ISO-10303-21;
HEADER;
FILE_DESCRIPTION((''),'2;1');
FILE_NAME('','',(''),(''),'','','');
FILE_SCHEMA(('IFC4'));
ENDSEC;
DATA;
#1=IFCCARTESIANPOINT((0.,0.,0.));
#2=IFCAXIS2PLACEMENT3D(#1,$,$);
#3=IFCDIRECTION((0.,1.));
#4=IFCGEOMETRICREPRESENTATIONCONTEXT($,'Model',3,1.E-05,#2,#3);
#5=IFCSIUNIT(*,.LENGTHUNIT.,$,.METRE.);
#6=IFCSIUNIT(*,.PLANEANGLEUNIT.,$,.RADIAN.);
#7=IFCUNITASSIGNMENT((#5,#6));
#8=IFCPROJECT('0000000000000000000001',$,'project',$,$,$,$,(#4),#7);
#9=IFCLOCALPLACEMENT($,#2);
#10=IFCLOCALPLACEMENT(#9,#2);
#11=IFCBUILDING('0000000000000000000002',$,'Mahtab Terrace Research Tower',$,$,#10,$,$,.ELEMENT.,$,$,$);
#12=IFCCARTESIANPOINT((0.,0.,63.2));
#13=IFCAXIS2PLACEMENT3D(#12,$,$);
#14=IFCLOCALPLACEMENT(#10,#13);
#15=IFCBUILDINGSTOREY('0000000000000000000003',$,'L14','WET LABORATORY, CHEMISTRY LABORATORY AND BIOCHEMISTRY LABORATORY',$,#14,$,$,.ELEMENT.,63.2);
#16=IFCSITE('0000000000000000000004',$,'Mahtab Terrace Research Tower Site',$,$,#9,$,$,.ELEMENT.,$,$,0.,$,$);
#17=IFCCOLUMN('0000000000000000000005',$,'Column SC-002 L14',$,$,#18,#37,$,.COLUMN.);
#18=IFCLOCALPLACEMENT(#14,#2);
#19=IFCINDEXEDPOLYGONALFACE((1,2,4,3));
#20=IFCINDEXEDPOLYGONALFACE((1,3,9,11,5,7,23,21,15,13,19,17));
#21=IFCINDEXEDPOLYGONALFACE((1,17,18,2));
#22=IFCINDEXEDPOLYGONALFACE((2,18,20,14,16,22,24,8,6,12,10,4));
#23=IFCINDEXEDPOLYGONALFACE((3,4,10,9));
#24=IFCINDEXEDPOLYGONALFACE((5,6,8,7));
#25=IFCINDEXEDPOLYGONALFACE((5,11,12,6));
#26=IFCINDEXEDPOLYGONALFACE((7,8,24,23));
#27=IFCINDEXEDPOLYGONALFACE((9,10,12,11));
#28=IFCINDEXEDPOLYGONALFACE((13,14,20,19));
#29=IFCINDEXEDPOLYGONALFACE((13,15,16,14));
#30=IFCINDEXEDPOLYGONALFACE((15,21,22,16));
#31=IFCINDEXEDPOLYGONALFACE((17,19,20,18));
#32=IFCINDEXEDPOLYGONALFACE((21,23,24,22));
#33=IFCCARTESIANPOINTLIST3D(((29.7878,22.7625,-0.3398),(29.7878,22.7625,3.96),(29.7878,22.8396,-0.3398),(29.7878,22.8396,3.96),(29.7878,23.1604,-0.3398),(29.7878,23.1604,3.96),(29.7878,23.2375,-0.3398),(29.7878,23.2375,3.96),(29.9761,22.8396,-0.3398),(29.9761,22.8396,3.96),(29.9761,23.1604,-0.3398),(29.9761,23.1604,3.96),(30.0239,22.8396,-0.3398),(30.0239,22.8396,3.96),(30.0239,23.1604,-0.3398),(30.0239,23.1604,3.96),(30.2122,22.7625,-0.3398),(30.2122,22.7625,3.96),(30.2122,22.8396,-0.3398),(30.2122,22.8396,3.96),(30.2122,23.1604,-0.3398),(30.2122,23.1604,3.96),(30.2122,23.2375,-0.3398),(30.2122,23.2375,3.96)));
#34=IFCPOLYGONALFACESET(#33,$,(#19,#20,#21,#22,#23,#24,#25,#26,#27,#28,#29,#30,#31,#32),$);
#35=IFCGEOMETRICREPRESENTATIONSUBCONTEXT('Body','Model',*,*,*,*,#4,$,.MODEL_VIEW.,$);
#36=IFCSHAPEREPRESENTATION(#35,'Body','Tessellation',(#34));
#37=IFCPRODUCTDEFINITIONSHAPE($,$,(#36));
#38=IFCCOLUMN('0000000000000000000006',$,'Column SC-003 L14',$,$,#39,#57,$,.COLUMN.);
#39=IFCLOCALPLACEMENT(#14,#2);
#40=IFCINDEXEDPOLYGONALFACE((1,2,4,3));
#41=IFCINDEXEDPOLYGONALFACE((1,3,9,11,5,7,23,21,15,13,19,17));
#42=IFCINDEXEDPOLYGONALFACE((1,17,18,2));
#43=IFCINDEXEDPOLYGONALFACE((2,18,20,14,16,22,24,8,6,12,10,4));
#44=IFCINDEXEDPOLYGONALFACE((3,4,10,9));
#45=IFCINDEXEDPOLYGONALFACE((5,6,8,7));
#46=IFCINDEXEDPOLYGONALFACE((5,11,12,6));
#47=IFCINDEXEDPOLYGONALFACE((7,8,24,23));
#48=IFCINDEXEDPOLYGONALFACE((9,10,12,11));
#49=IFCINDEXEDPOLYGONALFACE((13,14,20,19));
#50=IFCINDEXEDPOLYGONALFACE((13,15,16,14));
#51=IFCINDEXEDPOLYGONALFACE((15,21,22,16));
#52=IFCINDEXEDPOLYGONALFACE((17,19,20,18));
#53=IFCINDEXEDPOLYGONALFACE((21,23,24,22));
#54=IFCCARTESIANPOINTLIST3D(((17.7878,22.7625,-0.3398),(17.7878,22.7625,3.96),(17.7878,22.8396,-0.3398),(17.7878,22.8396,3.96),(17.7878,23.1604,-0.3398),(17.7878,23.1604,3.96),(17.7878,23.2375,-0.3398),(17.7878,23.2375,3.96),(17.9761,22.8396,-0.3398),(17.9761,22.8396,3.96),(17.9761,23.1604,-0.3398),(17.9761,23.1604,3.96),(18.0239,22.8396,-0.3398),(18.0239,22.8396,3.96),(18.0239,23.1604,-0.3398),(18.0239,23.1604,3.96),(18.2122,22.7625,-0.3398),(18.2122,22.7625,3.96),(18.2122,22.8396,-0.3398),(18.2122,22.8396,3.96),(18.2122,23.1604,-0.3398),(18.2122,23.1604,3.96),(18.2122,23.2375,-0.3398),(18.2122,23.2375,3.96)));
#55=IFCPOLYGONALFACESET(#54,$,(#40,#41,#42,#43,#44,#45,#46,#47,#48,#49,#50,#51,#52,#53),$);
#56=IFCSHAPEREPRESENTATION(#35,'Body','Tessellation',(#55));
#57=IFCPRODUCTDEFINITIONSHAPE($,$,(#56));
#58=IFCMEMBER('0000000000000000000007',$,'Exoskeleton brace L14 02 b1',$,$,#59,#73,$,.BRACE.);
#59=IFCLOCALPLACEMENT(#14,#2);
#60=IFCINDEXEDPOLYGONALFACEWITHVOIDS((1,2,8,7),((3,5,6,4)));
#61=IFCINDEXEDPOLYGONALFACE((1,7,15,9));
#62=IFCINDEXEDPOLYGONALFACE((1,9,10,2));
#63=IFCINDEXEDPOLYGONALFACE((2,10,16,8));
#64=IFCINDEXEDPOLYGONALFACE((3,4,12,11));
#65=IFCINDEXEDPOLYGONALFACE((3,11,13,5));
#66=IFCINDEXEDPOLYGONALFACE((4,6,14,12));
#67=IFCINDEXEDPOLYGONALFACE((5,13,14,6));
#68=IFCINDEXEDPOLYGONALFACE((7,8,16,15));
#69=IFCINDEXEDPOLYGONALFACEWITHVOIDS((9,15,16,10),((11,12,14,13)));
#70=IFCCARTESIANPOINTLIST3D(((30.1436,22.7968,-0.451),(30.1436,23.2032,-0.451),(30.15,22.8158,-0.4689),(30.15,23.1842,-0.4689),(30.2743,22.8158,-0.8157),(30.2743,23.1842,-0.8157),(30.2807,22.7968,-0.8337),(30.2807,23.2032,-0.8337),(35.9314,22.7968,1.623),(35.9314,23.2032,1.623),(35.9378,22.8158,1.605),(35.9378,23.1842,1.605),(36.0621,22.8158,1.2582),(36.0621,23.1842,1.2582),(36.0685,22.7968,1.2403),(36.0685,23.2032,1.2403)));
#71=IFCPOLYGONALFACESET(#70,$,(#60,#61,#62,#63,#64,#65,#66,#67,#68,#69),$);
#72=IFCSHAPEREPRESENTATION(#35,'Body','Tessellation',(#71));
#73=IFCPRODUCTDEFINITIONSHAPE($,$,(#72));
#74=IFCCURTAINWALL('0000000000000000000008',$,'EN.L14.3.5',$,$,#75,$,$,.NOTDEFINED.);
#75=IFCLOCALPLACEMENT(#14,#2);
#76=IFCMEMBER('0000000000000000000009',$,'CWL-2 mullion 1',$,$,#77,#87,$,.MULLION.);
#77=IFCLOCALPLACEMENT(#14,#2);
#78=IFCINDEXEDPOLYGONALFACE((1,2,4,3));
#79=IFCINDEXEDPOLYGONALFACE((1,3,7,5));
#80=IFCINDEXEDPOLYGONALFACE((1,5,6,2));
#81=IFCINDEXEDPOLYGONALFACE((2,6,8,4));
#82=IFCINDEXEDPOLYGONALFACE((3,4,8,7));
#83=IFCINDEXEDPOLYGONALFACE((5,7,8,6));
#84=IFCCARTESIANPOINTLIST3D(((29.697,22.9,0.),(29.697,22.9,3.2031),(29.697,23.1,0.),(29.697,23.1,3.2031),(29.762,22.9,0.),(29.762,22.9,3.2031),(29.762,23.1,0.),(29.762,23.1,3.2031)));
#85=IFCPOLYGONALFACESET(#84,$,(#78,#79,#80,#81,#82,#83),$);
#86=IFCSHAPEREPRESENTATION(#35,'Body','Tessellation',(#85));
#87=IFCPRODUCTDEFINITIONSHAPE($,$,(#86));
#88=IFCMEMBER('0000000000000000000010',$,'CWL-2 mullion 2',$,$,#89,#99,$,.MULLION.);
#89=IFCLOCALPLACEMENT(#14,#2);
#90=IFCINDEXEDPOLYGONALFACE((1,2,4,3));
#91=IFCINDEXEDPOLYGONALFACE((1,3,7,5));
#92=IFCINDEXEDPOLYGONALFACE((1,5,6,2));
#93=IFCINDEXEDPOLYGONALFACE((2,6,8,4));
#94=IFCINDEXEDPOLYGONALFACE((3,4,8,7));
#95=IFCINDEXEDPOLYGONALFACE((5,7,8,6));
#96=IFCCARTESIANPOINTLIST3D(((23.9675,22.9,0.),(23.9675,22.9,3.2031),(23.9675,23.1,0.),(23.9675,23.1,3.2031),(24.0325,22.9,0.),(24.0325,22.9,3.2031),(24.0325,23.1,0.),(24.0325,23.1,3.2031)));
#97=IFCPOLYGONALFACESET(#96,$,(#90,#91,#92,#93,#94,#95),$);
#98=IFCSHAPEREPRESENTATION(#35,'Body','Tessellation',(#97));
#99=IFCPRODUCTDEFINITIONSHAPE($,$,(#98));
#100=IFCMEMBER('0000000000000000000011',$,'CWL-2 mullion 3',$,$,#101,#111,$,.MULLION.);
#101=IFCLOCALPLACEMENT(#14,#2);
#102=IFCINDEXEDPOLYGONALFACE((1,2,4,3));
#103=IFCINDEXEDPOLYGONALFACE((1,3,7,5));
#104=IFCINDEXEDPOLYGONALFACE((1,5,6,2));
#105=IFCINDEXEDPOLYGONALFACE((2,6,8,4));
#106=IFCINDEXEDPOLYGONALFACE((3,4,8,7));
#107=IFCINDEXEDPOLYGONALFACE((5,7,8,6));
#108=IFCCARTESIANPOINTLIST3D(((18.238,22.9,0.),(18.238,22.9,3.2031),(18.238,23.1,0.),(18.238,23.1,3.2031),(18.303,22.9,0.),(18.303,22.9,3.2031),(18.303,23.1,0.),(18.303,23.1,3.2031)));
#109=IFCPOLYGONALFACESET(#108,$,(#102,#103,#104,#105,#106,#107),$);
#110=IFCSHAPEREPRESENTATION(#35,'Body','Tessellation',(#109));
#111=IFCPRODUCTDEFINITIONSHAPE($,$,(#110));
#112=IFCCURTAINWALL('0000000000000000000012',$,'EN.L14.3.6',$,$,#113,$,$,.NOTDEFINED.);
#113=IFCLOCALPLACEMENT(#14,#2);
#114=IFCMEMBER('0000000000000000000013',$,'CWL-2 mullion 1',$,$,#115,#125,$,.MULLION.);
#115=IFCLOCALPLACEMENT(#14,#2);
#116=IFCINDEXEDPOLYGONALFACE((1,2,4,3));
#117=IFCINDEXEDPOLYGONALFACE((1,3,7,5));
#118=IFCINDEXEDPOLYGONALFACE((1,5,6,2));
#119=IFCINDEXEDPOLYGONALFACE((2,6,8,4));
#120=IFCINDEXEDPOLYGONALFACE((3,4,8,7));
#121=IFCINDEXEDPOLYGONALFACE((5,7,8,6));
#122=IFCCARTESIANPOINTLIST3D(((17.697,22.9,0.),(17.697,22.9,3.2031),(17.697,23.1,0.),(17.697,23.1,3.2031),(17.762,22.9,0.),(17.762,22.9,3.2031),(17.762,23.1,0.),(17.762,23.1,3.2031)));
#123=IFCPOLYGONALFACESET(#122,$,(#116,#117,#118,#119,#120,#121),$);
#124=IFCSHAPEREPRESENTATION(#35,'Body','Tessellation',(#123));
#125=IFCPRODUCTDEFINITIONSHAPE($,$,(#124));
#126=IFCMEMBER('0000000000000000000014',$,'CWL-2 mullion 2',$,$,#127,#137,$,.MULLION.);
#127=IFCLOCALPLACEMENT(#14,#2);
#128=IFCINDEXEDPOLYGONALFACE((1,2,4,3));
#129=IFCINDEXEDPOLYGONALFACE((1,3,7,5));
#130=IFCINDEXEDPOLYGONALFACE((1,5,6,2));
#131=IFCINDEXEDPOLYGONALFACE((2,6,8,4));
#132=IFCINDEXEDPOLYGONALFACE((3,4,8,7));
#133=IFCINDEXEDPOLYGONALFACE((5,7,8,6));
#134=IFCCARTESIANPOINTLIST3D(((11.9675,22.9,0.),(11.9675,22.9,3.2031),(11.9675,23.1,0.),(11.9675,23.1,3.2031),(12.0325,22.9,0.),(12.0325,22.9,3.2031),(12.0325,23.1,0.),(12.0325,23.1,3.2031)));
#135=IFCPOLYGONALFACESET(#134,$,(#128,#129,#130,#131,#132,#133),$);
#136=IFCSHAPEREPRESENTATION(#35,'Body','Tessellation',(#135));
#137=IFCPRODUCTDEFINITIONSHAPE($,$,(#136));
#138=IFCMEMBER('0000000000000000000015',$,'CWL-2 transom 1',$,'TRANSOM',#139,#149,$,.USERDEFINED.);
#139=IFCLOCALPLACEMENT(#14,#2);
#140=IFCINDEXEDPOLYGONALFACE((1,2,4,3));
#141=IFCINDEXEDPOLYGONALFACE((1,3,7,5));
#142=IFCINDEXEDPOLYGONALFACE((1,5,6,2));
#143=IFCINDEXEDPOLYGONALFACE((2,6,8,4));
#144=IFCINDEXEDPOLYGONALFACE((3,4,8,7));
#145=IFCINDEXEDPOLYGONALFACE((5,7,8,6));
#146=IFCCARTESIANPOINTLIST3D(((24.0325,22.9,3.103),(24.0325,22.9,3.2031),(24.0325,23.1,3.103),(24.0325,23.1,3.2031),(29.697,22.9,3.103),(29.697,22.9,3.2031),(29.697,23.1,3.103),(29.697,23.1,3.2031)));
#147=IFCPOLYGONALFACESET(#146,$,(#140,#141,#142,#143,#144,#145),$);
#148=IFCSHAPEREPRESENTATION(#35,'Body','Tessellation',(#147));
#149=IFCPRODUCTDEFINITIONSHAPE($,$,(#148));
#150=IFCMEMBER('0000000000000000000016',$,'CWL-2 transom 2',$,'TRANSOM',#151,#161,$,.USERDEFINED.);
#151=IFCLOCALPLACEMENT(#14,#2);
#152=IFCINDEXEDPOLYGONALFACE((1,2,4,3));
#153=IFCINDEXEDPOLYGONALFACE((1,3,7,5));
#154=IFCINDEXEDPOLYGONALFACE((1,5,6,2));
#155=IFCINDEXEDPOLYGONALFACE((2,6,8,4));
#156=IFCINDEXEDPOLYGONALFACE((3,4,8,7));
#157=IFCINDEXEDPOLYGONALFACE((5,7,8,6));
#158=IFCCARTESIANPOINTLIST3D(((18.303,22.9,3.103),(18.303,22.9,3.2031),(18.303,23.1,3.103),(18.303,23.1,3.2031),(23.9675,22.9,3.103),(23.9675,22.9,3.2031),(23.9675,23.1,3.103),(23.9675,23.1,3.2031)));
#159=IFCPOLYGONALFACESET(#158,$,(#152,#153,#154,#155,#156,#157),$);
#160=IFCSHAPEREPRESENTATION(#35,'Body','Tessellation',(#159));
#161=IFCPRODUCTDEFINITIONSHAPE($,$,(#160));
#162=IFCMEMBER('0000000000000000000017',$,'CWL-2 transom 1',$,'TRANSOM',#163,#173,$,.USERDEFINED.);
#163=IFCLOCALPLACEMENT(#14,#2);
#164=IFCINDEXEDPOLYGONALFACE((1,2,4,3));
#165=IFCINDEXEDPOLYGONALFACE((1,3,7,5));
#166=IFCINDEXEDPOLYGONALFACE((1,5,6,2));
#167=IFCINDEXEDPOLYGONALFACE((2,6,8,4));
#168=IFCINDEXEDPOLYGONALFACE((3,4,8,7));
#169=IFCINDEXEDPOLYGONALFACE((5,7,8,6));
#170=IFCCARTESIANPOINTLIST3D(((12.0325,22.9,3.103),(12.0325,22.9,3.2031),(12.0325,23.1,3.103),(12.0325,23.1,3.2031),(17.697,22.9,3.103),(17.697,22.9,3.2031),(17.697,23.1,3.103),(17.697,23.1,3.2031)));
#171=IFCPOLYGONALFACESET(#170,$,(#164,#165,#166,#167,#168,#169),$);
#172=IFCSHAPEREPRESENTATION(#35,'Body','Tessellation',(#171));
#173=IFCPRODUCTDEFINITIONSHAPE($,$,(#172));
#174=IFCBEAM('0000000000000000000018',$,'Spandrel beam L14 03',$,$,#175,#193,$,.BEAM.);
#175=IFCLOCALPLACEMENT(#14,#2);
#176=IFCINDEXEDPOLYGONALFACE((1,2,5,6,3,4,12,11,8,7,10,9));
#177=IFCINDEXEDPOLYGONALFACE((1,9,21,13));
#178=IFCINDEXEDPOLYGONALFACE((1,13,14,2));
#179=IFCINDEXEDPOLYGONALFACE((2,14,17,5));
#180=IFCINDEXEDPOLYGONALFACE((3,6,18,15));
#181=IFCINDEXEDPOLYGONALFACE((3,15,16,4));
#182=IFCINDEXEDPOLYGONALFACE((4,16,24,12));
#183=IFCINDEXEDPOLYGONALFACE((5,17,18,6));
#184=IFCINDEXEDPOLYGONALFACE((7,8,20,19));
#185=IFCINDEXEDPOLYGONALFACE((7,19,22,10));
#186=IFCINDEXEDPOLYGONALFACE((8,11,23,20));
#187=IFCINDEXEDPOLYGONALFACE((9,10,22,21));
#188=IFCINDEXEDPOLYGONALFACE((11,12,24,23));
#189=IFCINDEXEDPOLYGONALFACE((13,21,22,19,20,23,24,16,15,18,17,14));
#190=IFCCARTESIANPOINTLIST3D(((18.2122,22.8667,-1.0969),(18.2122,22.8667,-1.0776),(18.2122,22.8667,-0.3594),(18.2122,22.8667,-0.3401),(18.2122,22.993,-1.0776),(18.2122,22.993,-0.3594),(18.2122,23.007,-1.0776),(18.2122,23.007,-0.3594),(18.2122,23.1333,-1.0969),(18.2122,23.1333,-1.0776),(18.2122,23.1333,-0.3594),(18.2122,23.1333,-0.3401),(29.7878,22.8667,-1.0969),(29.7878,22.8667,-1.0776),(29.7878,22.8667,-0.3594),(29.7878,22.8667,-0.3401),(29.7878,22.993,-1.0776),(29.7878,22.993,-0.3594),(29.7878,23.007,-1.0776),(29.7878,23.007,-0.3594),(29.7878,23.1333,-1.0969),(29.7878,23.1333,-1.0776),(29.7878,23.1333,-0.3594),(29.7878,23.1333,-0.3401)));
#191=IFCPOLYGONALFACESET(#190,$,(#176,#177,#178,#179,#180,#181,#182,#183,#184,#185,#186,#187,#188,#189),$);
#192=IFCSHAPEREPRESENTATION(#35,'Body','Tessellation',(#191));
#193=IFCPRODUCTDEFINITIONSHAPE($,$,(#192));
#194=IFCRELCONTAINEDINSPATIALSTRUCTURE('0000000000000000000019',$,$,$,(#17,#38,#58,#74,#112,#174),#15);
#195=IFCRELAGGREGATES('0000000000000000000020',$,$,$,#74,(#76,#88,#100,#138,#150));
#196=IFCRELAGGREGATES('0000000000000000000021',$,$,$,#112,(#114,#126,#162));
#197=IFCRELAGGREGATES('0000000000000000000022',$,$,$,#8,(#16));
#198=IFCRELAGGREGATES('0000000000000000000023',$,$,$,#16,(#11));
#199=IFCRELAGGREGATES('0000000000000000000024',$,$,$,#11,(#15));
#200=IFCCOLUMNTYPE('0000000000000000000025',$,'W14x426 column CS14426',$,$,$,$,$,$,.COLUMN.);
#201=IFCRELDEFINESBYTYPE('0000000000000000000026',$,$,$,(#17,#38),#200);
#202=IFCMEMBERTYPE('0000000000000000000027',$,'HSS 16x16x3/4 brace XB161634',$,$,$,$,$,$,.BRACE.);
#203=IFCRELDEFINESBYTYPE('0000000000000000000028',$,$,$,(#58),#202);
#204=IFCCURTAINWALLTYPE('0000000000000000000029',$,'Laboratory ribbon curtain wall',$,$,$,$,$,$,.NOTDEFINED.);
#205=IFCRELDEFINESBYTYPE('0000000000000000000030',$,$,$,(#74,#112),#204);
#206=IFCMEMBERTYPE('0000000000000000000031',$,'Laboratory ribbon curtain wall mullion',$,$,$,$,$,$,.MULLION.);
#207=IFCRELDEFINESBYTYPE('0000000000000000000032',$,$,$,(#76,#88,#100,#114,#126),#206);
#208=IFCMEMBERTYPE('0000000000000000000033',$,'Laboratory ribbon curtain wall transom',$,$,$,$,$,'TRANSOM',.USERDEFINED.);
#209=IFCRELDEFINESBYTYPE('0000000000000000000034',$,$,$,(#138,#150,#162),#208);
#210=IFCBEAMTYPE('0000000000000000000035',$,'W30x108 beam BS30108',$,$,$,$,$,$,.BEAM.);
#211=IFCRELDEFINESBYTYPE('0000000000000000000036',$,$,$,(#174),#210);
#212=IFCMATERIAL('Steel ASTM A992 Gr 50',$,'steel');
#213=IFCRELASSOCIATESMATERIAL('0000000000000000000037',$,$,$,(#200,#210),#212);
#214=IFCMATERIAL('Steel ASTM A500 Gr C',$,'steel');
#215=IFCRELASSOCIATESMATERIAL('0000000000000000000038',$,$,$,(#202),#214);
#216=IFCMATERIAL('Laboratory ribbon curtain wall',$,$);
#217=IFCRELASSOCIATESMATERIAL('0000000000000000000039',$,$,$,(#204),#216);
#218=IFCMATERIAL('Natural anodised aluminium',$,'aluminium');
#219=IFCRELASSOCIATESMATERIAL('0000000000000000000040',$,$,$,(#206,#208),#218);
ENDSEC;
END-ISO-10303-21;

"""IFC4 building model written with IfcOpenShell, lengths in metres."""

from ifc_helpers import new_model, si_unit, direction, frame, origin, origin_2d, place, context, subcontext, project, spatial, rectangle, hollow_rectangle, i_section, extrude, material, material_profile, profile_set, type_object, element, aggregate, save


model = new_model("IFC4")

# Units and contexts
model_context = context("Model", 3, precision=1e-05, world=origin(), true_north=direction((0.0, 1.0)))
body_context = subcontext(model_context, "Body", "Model", "MODEL_VIEW")
ifc_project = project(units=[si_unit("LENGTHUNIT", "METRE"), si_unit("PLANEANGLEUNIT", "RADIAN")], contexts=[model_context])

# Site, building, storey
site_placement = place(None, origin())
site = spatial("IfcSite", under=ifc_project, at=site_placement, Name="Mahtab Terrace Research Tower Site", CompositionType="ELEMENT", RefElevation=0.0)
building_placement = place(site_placement, origin())
building = spatial("IfcBuilding", under=site, at=building_placement, Name="Mahtab Terrace Research Tower", CompositionType="ELEMENT")
storey_placement = place(building_placement, frame((0.0, 0.0, 63.2)))
storey = spatial("IfcBuildingStorey", under=building, at=storey_placement, Name="L14", Description="WET LABORATORY, CHEMISTRY LABORATORY AND BIOCHEMISTRY LABORATORY", CompositionType="ELEMENT", Elevation=63.2)

# Columns
ifc_material_1 = material(Name="Steel ASTM A992 Gr 50", Category="steel")
ifc_material_profile_1 = material_profile(ifc_material_1, i_section(OverallWidth=0.4243, OverallDepth=0.4751, WebThickness=0.0479, FlangeThickness=0.0771, at=origin_2d()), Name="W14X426")
ifc_profile_set_1 = profile_set([ifc_material_profile_1], Name="Steel ASTM A992 Gr 50")
column_type = type_object("IfcColumnType", Name="W14x426 column CS14426", PredefinedType="COLUMN", material=ifc_profile_set_1)
for number, where, z_axis, x_axis, name in (
    (1, (30.0, 23.0, -0.3398), (0.0, 0.0, 1.0), (1.0, 0.0, 0.0), "Column SC-002 L14"),
    (2, (18.0, 23.0, -0.3398), (0.0, 0.0, 1.0), (1.0, 0.0, 0.0), "Column SC-003 L14"),
):
    element("IfcColumn", number, at=place(storey_placement, frame(where, z_axis=z_axis, x_axis=x_axis)), inside=storey, type_object=column_type, Name=name, PredefinedType="COLUMN", context=body_context, shape_type="SweptSolid", body=[
        extrude(i_section(OverallWidth=0.4243, OverallDepth=0.4751, WebThickness=0.0479, FlangeThickness=0.0771, at=origin_2d()), origin(), (0.0, 0.0, 1.0), 4.2998),
    ])

# Member
ifc_material_2 = material(Name="Steel ASTM A500 Gr C", Category="steel")
ifc_material_profile_2 = material_profile(ifc_material_2, hollow_rectangle(XDim=0.4065, YDim=0.4065, WallThickness=0.019, at=origin_2d()), Name="HSS16X16X3/4")
ifc_profile_set_2 = profile_set([ifc_material_profile_2], Name="Steel ASTM A500 Gr C")
member_type_1 = type_object("IfcMemberType", Name="HSS 16x16x3/4 brace XB161634", PredefinedType="BRACE", material=ifc_profile_set_2)
member_1_placement = place(storey_placement, frame((30.2122, 23.0, -0.6423), z_axis=(0.941387, 0.0, 0.33733), x_axis=(0.0, 1.0, 0.0)))
element("IfcMember", 3, at=member_1_placement, inside=storey, type_object=member_type_1, Name="Exoskeleton brace L14 02 b1", PredefinedType="BRACE", context=body_context, shape_type="SweptSolid", body=[
    extrude(hollow_rectangle(XDim=0.4065, YDim=0.4065, WallThickness=0.019, at=origin_2d()), origin(), (0.0, 0.0, 1.0), 6.1482),
])

# Curtain walls, members
ifc_material_3 = material(Name="Laboratory ribbon curtain wall")
curtain_wall_type = type_object("IfcCurtainWallType", Name="Laboratory ribbon curtain wall", PredefinedType="NOTDEFINED", material=ifc_material_3)
curtain_wall_1_placement = place(storey_placement, origin())
curtain_wall_1 = element("IfcCurtainWall", 4, at=curtain_wall_1_placement, inside=storey, type_object=curtain_wall_type, Name="EN.L14.3.5", PredefinedType="NOTDEFINED")
ifc_material_4 = material(Name="Natural anodised aluminium", Category="aluminium")
ifc_material_profile_3 = material_profile(ifc_material_4, rectangle(XDim=0.2, YDim=0.0649, at=origin_2d()), Name="MULLION 65x200")
ifc_profile_set_3 = profile_set([ifc_material_profile_3], Name="Natural anodised aluminium")
member_type_2 = type_object("IfcMemberType", Name="Laboratory ribbon curtain wall mullion", PredefinedType="MULLION", material=ifc_profile_set_3)
member_2_placement = place(storey_placement, frame((29.7295, 23.0, 0.0), z_axis=(0.0, 0.0, 1.0), x_axis=(0.0, -1.0, 0.0)))
member_2 = element("IfcMember", 5, at=member_2_placement, type_object=member_type_2, Name="CWL-2 mullion 1", PredefinedType="MULLION", context=body_context, shape_type="SweptSolid", body=[
    extrude(rectangle(XDim=0.2, YDim=0.0649, at=origin_2d()), origin(), (0.0, 0.0, 1.0), 3.2031),
])
member_3_placement = place(storey_placement, frame((24.0, 23.0, 0.0), z_axis=(0.0, 0.0, 1.0), x_axis=(0.0, -1.0, 0.0)))
member_3 = element("IfcMember", 6, at=member_3_placement, type_object=member_type_2, Name="CWL-2 mullion 2", PredefinedType="MULLION", context=body_context, shape_type="SweptSolid", body=[
    extrude(rectangle(XDim=0.2, YDim=0.0649, at=origin_2d()), origin(), (0.0, 0.0, 1.0), 3.2031),
])
member_4_placement = place(storey_placement, frame((18.2705, 23.0, 0.0), z_axis=(0.0, 0.0, 1.0), x_axis=(0.0, -1.0, 0.0)))
member_4 = element("IfcMember", 7, at=member_4_placement, type_object=member_type_2, Name="CWL-2 mullion 3", PredefinedType="MULLION", context=body_context, shape_type="SweptSolid", body=[
    extrude(rectangle(XDim=0.2, YDim=0.0649, at=origin_2d()), origin(), (0.0, 0.0, 1.0), 3.2031),
])
curtain_wall_2_placement = place(storey_placement, origin())
curtain_wall_2 = element("IfcCurtainWall", 8, at=curtain_wall_2_placement, inside=storey, type_object=curtain_wall_type, Name="EN.L14.3.6", PredefinedType="NOTDEFINED")
member_5_placement = place(storey_placement, frame((17.7295, 23.0, 0.0), z_axis=(0.0, 0.0, 1.0), x_axis=(0.0, -1.0, 0.0)))
member_5 = element("IfcMember", 9, at=member_5_placement, type_object=member_type_2, Name="CWL-2 mullion 1", PredefinedType="MULLION", context=body_context, shape_type="SweptSolid", body=[
    extrude(rectangle(XDim=0.2, YDim=0.0649, at=origin_2d()), origin(), (0.0, 0.0, 1.0), 3.2031),
])
member_6_placement = place(storey_placement, frame((12.0, 23.0, 0.0), z_axis=(0.0, 0.0, 1.0), x_axis=(0.0, -1.0, 0.0)))
member_6 = element("IfcMember", 10, at=member_6_placement, type_object=member_type_2, Name="CWL-2 mullion 2", PredefinedType="MULLION", context=body_context, shape_type="SweptSolid", body=[
    extrude(rectangle(XDim=0.2, YDim=0.0649, at=origin_2d()), origin(), (0.0, 0.0, 1.0), 3.2031),
])

# Members
ifc_material_profile_4 = material_profile(ifc_material_4, rectangle(XDim=0.2, YDim=0.1001, at=origin_2d()), Name="TRANSOM 100x200")
ifc_profile_set_4 = profile_set([ifc_material_profile_4], Name="Natural anodised aluminium")
member_type_3 = type_object("IfcMemberType", Name="Laboratory ribbon curtain wall transom", ElementType="TRANSOM", PredefinedType="USERDEFINED", material=ifc_profile_set_4)
member_7_placement = place(storey_placement, frame((29.697, 23.0, 3.1531), z_axis=(-1.0, 0.0, 0.0), x_axis=(0.0, -1.0, 0.0)))
member_7 = element("IfcMember", 11, at=member_7_placement, type_object=member_type_3, Name="CWL-2 transom 1", ObjectType="TRANSOM", PredefinedType="USERDEFINED", context=body_context, shape_type="SweptSolid", body=[
    extrude(rectangle(XDim=0.2, YDim=0.1001, at=origin_2d()), origin(), (0.0, 0.0, 1.0), 5.6646),
])
member_8_placement = place(storey_placement, frame((23.9675, 23.0, 3.1531), z_axis=(-1.0, 0.0, 0.0), x_axis=(0.0, -1.0, 0.0)))
member_8 = element("IfcMember", 12, at=member_8_placement, type_object=member_type_3, Name="CWL-2 transom 2", ObjectType="TRANSOM", PredefinedType="USERDEFINED", context=body_context, shape_type="SweptSolid", body=[
    extrude(rectangle(XDim=0.2, YDim=0.1001, at=origin_2d()), origin(), (0.0, 0.0, 1.0), 5.6646),
])
member_9_placement = place(storey_placement, frame((17.697, 23.0, 3.1531), z_axis=(-1.0, 0.0, 0.0), x_axis=(0.0, -1.0, 0.0)))
member_9 = element("IfcMember", 13, at=member_9_placement, type_object=member_type_3, Name="CWL-2 transom 1", ObjectType="TRANSOM", PredefinedType="USERDEFINED", context=body_context, shape_type="SweptSolid", body=[
    extrude(rectangle(XDim=0.2, YDim=0.1001, at=origin_2d()), origin(), (0.0, 0.0, 1.0), 5.6646),
])

# Beam
ifc_material_profile_5 = material_profile(ifc_material_1, i_section(OverallWidth=0.2666, OverallDepth=0.7568, WebThickness=0.0139, FlangeThickness=0.0193, at=origin_2d()), Name="W30X108")
ifc_profile_set_5 = profile_set([ifc_material_profile_5], Name="Steel ASTM A992 Gr 50")
beam_type = type_object("IfcBeamType", Name="W30x108 beam BS30108", PredefinedType="BEAM", material=ifc_profile_set_5)
for number, where, z_axis, x_axis, name in (
    (14, (29.7878, 23.0, -0.7185), (-1.0, 0.0, 0.0), (0.0, -1.0, 0.0), "Spandrel beam L14 03"),
):
    element("IfcBeam", number, at=place(storey_placement, frame(where, z_axis=z_axis, x_axis=x_axis)), inside=storey, type_object=beam_type, Name=name, PredefinedType="BEAM", context=body_context, shape_type="SweptSolid", body=[
        extrude(i_section(OverallWidth=0.2666, OverallDepth=0.7568, WebThickness=0.0139, FlangeThickness=0.0193, at=origin_2d()), origin(), (0.0, 0.0, 1.0), 11.5757),
    ])

aggregate(curtain_wall_1, [member_2, member_3, member_4, member_7, member_8])
aggregate(curtain_wall_2, [member_5, member_6, member_9])

save(model, "model.ifc")
